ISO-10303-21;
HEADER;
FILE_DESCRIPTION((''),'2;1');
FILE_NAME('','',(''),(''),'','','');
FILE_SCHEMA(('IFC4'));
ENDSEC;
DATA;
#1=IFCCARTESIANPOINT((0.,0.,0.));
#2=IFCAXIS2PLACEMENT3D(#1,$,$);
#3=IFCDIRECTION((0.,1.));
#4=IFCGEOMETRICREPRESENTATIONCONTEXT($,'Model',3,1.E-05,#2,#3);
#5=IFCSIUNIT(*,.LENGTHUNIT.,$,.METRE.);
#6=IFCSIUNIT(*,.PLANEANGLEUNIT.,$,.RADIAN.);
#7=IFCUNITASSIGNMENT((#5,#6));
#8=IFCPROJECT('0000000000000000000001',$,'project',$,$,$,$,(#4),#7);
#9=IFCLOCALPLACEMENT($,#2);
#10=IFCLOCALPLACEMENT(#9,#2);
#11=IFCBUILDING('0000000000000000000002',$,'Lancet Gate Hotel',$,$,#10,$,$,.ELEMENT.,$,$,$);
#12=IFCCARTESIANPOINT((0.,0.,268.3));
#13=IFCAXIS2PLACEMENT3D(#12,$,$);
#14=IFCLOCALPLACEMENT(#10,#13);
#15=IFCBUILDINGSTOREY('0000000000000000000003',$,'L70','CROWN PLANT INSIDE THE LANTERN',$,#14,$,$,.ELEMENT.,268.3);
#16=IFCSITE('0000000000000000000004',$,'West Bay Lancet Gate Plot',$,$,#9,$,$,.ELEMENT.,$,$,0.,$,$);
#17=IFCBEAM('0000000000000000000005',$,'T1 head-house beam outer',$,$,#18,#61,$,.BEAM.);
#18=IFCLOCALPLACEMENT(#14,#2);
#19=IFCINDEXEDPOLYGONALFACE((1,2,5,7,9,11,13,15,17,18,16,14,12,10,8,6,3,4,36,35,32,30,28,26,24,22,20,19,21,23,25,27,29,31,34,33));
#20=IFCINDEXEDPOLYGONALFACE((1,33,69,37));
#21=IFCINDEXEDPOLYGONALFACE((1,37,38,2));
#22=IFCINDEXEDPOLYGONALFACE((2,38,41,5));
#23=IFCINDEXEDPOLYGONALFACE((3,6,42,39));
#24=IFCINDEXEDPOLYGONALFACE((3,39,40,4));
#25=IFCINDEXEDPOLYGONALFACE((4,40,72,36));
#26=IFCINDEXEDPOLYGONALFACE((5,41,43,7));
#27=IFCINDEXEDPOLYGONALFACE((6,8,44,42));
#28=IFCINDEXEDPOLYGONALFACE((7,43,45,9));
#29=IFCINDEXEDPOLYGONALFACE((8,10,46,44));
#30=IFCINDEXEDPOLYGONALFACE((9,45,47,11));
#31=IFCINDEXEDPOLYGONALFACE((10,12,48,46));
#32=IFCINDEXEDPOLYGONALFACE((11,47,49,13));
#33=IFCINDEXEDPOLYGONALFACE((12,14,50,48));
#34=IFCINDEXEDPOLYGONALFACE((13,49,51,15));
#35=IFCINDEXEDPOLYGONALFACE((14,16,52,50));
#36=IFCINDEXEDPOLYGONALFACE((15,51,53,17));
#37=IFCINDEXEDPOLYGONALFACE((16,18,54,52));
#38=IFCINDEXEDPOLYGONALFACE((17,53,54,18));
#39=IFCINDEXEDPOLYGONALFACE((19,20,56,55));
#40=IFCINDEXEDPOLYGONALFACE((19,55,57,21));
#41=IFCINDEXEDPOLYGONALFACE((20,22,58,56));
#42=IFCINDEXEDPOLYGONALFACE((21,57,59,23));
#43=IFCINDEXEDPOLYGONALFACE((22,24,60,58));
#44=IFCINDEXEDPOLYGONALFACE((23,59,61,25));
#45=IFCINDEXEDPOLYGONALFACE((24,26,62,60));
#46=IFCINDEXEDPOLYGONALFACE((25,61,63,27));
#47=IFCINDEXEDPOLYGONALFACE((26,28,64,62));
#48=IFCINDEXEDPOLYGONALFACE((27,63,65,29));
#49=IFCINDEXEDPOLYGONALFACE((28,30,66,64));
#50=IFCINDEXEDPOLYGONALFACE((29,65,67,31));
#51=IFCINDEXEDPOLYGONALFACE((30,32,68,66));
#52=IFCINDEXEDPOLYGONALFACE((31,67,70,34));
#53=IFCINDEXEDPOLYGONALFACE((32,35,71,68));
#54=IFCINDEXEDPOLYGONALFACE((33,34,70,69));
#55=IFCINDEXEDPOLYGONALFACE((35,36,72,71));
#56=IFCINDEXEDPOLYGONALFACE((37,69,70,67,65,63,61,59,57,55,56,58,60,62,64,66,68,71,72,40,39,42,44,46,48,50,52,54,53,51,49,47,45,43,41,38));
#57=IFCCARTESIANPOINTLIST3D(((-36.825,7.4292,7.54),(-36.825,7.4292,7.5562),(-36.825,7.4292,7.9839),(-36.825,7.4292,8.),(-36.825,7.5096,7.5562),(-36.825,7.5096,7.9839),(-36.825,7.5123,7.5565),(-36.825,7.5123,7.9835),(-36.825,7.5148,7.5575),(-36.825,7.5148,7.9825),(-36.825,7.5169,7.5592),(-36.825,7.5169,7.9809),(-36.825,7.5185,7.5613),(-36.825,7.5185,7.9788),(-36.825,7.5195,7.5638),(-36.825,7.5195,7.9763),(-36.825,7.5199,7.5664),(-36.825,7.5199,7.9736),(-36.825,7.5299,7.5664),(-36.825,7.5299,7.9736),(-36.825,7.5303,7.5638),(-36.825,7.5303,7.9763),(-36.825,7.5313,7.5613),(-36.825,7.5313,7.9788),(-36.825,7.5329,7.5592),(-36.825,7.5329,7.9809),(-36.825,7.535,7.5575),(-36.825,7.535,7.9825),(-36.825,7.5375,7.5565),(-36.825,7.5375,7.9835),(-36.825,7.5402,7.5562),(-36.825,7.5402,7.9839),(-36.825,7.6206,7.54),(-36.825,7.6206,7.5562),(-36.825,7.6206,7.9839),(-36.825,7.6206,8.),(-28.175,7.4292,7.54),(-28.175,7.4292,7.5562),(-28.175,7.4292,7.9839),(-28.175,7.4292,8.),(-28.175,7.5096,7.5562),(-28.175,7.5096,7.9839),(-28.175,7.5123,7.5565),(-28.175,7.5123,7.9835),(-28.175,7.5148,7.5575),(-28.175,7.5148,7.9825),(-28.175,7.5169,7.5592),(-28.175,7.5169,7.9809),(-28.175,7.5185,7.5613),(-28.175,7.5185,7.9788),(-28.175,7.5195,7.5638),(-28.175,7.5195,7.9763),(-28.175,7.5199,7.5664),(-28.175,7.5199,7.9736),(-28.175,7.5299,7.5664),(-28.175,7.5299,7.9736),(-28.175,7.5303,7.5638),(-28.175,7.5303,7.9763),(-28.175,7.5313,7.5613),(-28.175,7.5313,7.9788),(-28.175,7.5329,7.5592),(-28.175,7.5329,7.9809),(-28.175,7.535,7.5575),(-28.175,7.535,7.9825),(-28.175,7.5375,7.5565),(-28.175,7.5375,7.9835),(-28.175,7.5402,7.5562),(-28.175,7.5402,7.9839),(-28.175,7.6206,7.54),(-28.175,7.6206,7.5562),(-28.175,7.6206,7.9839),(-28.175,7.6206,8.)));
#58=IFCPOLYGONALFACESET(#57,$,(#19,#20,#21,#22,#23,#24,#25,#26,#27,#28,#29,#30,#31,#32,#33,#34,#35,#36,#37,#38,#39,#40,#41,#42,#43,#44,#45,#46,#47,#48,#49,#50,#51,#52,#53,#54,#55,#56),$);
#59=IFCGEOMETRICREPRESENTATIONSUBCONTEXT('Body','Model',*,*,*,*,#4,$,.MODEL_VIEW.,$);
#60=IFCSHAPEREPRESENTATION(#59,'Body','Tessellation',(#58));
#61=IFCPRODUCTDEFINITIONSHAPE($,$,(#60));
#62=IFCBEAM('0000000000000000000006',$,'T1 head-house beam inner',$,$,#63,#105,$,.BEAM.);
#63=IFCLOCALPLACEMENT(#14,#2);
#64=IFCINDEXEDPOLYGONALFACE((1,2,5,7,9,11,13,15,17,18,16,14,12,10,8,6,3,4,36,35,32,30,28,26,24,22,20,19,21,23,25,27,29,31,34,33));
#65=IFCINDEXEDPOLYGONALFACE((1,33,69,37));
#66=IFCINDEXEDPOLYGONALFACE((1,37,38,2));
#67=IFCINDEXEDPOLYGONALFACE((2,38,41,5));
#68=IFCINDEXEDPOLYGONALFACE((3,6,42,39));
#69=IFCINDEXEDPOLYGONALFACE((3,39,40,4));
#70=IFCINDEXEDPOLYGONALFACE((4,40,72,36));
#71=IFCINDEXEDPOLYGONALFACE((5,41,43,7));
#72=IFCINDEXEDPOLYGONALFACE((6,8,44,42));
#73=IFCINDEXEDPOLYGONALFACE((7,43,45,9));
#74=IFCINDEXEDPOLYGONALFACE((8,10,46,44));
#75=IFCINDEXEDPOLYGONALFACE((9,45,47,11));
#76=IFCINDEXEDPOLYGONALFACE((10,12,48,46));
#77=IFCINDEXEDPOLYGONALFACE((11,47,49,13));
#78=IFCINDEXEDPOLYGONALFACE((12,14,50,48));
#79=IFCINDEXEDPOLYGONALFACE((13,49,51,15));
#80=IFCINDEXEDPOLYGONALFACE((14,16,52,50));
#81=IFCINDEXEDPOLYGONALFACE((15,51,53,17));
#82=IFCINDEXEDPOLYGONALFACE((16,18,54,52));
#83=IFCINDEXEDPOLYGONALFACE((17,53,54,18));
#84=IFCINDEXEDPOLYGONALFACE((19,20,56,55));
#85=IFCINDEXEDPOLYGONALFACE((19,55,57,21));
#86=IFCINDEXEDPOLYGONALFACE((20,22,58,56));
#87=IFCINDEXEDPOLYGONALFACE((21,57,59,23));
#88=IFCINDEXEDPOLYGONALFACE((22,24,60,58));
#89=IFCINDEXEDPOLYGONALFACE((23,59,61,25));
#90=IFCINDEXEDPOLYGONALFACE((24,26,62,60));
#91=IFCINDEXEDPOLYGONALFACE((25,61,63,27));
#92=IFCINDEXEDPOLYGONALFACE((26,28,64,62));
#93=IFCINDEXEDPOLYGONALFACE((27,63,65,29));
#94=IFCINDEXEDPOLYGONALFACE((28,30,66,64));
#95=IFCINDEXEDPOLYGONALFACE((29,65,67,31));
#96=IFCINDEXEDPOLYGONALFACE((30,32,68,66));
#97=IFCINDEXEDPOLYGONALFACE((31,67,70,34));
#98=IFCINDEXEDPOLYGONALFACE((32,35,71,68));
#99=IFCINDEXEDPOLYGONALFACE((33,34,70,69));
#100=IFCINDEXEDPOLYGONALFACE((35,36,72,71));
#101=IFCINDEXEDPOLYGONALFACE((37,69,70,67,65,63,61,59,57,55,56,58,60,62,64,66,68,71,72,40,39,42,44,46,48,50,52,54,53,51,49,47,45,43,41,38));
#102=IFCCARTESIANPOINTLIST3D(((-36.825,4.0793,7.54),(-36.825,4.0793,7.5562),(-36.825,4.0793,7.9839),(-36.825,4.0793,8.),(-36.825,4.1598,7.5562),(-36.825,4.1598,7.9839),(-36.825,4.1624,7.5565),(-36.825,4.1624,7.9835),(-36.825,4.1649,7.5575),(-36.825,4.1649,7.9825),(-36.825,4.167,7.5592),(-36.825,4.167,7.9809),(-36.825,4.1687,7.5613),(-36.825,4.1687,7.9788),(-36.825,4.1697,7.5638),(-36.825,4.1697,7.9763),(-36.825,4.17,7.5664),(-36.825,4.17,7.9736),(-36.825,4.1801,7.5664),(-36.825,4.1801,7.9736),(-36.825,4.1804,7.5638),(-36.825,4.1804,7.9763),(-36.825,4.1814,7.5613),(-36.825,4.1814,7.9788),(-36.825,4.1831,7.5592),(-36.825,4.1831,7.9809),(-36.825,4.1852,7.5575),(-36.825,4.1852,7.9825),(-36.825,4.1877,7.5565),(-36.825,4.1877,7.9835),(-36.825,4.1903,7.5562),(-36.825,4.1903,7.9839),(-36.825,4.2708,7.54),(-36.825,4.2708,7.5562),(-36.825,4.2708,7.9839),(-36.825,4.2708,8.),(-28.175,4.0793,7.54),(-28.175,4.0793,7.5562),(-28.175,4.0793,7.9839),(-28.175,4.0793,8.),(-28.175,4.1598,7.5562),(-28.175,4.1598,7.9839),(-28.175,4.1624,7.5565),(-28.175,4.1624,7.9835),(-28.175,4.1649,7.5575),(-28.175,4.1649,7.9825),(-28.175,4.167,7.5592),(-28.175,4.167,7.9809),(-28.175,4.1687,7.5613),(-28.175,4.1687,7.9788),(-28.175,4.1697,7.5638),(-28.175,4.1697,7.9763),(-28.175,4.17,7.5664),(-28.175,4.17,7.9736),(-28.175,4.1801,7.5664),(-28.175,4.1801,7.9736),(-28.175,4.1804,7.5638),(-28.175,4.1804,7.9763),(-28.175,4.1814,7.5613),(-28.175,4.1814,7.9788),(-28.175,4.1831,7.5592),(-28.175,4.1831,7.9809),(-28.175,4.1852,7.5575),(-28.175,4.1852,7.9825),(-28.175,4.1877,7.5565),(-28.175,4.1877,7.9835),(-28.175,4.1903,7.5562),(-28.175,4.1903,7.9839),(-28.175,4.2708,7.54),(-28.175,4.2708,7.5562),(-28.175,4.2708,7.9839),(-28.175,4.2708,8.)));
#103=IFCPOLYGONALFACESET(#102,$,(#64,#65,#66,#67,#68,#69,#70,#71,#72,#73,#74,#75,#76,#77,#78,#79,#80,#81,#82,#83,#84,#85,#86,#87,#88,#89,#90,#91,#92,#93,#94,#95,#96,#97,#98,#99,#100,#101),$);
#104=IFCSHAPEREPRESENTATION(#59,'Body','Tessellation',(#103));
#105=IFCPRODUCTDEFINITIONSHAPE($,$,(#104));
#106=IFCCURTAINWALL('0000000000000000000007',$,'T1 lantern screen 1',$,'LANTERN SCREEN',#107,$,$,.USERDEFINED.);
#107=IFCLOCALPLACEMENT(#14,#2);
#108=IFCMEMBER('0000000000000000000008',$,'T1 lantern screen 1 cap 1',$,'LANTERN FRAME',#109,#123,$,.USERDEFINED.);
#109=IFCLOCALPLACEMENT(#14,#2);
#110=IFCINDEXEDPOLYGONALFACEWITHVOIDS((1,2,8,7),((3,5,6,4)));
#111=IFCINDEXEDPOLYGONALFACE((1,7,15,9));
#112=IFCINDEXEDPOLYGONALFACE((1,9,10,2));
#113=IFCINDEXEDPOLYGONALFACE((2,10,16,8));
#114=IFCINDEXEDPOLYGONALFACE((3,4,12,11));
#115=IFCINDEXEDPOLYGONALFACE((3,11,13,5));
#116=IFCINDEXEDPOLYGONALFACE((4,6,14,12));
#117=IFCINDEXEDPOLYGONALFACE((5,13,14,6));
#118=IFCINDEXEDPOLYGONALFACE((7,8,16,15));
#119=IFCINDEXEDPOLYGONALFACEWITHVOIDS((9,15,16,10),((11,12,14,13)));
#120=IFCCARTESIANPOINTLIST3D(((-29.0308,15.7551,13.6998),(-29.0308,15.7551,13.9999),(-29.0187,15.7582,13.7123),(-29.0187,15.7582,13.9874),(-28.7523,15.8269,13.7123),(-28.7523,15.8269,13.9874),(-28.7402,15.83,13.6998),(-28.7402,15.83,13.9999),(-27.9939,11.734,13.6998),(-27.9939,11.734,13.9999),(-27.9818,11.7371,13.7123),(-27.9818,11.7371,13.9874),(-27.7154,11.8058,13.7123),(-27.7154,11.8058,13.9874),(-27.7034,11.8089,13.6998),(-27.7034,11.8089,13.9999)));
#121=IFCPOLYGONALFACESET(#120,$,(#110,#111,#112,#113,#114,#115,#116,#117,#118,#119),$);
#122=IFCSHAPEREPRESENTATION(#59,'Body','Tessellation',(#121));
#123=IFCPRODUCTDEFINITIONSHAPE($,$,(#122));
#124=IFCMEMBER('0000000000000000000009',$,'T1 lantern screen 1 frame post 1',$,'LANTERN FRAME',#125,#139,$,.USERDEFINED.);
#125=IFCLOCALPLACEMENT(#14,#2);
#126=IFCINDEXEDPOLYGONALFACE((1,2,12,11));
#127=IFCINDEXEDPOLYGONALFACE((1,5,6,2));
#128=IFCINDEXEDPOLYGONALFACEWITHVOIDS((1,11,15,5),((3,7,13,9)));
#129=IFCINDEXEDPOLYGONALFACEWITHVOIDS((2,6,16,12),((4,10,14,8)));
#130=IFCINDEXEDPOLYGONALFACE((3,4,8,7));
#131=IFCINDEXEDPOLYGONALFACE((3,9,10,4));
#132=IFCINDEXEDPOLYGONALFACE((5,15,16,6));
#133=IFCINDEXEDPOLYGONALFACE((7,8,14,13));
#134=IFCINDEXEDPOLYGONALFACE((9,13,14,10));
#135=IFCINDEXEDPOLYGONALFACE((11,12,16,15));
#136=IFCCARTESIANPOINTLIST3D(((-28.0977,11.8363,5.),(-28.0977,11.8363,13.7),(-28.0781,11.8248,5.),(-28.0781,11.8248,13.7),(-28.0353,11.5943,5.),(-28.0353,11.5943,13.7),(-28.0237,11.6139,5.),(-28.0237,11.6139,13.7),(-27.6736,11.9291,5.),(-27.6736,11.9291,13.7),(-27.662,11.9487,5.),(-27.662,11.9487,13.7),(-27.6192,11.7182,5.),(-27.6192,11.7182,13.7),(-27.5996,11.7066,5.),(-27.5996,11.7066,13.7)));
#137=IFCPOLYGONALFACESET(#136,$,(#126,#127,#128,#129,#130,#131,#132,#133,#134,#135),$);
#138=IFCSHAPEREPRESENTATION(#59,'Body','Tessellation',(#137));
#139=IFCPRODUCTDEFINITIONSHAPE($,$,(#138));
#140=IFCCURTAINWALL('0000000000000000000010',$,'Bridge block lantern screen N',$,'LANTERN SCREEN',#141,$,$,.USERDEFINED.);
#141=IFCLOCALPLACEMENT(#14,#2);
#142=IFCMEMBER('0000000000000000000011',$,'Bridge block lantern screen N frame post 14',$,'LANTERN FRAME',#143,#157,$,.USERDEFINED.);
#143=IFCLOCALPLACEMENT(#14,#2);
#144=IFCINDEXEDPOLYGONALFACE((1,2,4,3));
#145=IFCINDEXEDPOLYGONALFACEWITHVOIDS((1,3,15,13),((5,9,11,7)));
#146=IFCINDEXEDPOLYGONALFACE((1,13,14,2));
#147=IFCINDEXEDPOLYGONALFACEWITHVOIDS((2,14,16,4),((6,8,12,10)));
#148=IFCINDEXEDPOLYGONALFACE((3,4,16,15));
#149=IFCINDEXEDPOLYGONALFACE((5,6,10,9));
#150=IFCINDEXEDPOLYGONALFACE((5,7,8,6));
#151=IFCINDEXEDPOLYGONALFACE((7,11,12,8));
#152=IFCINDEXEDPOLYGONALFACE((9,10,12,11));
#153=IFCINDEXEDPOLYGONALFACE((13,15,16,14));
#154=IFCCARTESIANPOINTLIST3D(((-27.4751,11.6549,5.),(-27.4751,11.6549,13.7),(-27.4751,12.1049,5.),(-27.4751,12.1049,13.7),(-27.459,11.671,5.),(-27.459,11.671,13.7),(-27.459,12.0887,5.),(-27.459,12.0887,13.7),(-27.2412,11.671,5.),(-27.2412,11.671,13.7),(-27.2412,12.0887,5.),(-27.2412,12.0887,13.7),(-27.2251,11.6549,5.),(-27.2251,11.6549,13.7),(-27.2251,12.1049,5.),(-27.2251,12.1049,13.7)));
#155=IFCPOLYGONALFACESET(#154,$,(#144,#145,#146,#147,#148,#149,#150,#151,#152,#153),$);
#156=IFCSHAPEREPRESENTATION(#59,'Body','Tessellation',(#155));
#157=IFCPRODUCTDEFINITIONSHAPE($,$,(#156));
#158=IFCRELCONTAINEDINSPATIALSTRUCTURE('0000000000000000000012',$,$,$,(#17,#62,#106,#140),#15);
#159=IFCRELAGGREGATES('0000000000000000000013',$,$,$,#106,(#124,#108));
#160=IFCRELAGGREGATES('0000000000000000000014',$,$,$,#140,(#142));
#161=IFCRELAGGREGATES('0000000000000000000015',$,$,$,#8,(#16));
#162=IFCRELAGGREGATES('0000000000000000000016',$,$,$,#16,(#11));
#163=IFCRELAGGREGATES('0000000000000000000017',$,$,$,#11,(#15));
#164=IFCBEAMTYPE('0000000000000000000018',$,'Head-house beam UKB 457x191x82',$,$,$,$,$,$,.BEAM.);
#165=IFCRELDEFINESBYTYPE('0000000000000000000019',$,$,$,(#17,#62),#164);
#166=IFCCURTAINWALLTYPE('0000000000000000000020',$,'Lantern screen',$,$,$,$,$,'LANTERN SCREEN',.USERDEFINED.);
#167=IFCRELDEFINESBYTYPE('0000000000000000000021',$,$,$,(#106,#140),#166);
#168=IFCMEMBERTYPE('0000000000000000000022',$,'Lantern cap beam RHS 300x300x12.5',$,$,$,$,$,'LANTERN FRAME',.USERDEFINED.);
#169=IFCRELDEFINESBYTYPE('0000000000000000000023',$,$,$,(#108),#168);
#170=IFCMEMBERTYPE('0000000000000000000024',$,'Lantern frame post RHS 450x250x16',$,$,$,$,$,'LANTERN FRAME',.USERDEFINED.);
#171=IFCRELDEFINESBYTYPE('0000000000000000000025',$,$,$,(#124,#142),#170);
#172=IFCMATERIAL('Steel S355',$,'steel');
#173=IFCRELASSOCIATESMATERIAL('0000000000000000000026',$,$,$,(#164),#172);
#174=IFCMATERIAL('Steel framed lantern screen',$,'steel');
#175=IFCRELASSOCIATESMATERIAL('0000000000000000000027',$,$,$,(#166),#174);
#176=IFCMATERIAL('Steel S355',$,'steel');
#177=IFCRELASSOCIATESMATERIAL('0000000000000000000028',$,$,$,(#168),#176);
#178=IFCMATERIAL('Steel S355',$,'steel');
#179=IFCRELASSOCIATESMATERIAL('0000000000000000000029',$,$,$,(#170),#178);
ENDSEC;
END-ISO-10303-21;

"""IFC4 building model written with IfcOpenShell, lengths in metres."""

from ifc_helpers import new_model, si_unit, direction, frame, origin, origin_2d, place, context, subcontext, project, spatial, hollow_rectangle, i_section, extrude, material, material_profile, profile_set, type_object, element, aggregate, save


model = new_model("IFC4")

# Units and contexts
model_context = context("Model", 3, precision=1e-05, world=origin(), true_north=direction((0.0, 1.0)))
body_context = subcontext(model_context, "Body", "Model", "MODEL_VIEW")
ifc_project = project(units=[si_unit("LENGTHUNIT", "METRE"), si_unit("PLANEANGLEUNIT", "RADIAN")], contexts=[model_context])

# Site, building, storey
site_placement = place(None, origin())
site = spatial("IfcSite", under=ifc_project, at=site_placement, Name="West Bay Lancet Gate Plot", CompositionType="ELEMENT", RefElevation=0.0)
building_placement = place(site_placement, origin())
building = spatial("IfcBuilding", under=site, at=building_placement, Name="Lancet Gate Hotel", CompositionType="ELEMENT")
storey_placement = place(building_placement, frame((0.0, 0.0, 268.3)))
storey = spatial("IfcBuildingStorey", under=building, at=storey_placement, Name="L70", Description="CROWN PLANT INSIDE THE LANTERN", CompositionType="ELEMENT", Elevation=268.3)

# Beams
ifc_material_1 = material(Name="Steel S355", Category="steel")
ifc_material_profile_1 = material_profile(ifc_material_1, i_section(OverallWidth=0.1914, OverallDepth=0.46, WebThickness=0.01, FlangeThickness=0.0161, FilletRadius=0.0103, at=origin_2d()), Name="UKB 457x191x82")
ifc_profile_set_1 = profile_set([ifc_material_profile_1], Name="Steel S355")
beam_type_1 = type_object("IfcBeamType", Name="Head-house beam UKB 457x191x82", PredefinedType="BEAM", material=ifc_profile_set_1)
for number, where, z_axis, x_axis, name in (
    (1, (-28.175, 7.5249, 7.77), (-1.0, 0.0, 0.0), (0.0, -1.0, 0.0), "T1 head-house beam outer"),
    (2, (-28.175, 4.175, 7.77), (-1.0, 0.0, 0.0), (0.0, -1.0, 0.0), "T1 head-house beam inner"),
):
    element("IfcBeam", number, at=place(storey_placement, frame(where, z_axis=z_axis, x_axis=x_axis)), inside=storey, type_object=beam_type_1, Name=name, PredefinedType="BEAM", context=body_context, shape_type="SweptSolid", body=[
        extrude(i_section(OverallWidth=0.1914, OverallDepth=0.46, WebThickness=0.01, FlangeThickness=0.0161, FilletRadius=0.0103, at=origin_2d()), origin(), (0.0, 0.0, 1.0), 8.6499),
    ])

# Curtain walls, members
ifc_material_2 = material(Name="Steel framed lantern screen", Category="steel")
curtain_wall_type_1 = type_object("IfcCurtainWallType", Name="Lantern screen", ElementType="LANTERN SCREEN", PredefinedType="USERDEFINED", material=ifc_material_2)
curtain_wall_1_placement = place(storey_placement, origin())
curtain_wall_1 = element("IfcCurtainWall", 3, at=curtain_wall_1_placement, inside=storey, type_object=curtain_wall_type_1, Name="T1 lantern screen 1", ObjectType="LANTERN SCREEN", PredefinedType="USERDEFINED")
ifc_material_3 = material(Name="Steel S355", Category="steel")
ifc_material_profile_2 = material_profile(ifc_material_3, hollow_rectangle(XDim=0.3, YDim=0.3, WallThickness=0.0125, at=origin_2d()), Name="RHS 300x300x12.5")
ifc_profile_set_2 = profile_set([ifc_material_profile_2], Name="Steel S355")
member_type_1 = type_object("IfcMemberType", Name="Lantern cap beam RHS 300x300x12.5", ElementType="LANTERN FRAME", PredefinedType="USERDEFINED", material=ifc_profile_set_2)
member_1_placement = place(storey_placement, frame((-27.8486, 11.7715, 13.8499), z_axis=(-0.249695, 0.968325, 0.0), x_axis=(-0.968325, -0.249695, 0.0)))
member_1 = element("IfcMember", 4, at=member_1_placement, type_object=member_type_1, Name="T1 lantern screen 1 cap 1", ObjectType="LANTERN FRAME", PredefinedType="USERDEFINED", context=body_context, shape_type="SweptSolid", body=[
    extrude(hollow_rectangle(XDim=0.3, YDim=0.3, WallThickness=0.0125, at=origin_2d()), origin(), (0.0, 0.0, 1.0), 4.1526),
])
ifc_material_4 = material(Name="Steel S355", Category="steel")
ifc_material_profile_3 = material_profile(ifc_material_4, hollow_rectangle(XDim=0.25, YDim=0.45, WallThickness=0.0161, at=origin_2d()), Name="RHS 450x250x16")
ifc_profile_set_3 = profile_set([ifc_material_profile_3], Name="Steel S355")
member_type_2 = type_object("IfcMemberType", Name="Lantern frame post RHS 450x250x16", ElementType="LANTERN FRAME", PredefinedType="USERDEFINED", material=ifc_profile_set_3)
member_2_placement = place(storey_placement, frame((-27.8486, 11.7715, 5.0), z_axis=(0.0, 0.0, 1.0), x_axis=(-0.249726, 0.968317, 0.0)))
member_2 = element("IfcMember", 5, at=member_2_placement, type_object=member_type_2, Name="T1 lantern screen 1 frame post 1", ObjectType="LANTERN FRAME", PredefinedType="USERDEFINED", context=body_context, shape_type="SweptSolid", body=[
    extrude(hollow_rectangle(XDim=0.25, YDim=0.45, WallThickness=0.0161, at=origin_2d()), origin(), (0.0, 0.0, 1.0), 8.7),
])
aggregate(curtain_wall_1, [member_2, member_1])
curtain_wall_2_placement = place(storey_placement, origin())
curtain_wall_2 = element("IfcCurtainWall", 6, at=curtain_wall_2_placement, inside=storey, type_object=curtain_wall_type_1, Name="Bridge block lantern screen N", ObjectType="LANTERN SCREEN", PredefinedType="USERDEFINED")
member_3_placement = place(storey_placement, frame((-27.3501, 11.8799, 5.0), z_axis=(0.0, 0.0, 1.0), x_axis=(-1.0, 0.0, 0.0)))
member_3 = element("IfcMember", 7, at=member_3_placement, type_object=member_type_2, Name="Bridge block lantern screen N frame post 14", ObjectType="LANTERN FRAME", PredefinedType="USERDEFINED", context=body_context, shape_type="SweptSolid", body=[
    extrude(hollow_rectangle(XDim=0.25, YDim=0.45, WallThickness=0.0161, at=origin_2d()), origin(), (0.0, 0.0, 1.0), 8.7),
])
aggregate(curtain_wall_2, [member_3])

save(model, "model.ifc")
